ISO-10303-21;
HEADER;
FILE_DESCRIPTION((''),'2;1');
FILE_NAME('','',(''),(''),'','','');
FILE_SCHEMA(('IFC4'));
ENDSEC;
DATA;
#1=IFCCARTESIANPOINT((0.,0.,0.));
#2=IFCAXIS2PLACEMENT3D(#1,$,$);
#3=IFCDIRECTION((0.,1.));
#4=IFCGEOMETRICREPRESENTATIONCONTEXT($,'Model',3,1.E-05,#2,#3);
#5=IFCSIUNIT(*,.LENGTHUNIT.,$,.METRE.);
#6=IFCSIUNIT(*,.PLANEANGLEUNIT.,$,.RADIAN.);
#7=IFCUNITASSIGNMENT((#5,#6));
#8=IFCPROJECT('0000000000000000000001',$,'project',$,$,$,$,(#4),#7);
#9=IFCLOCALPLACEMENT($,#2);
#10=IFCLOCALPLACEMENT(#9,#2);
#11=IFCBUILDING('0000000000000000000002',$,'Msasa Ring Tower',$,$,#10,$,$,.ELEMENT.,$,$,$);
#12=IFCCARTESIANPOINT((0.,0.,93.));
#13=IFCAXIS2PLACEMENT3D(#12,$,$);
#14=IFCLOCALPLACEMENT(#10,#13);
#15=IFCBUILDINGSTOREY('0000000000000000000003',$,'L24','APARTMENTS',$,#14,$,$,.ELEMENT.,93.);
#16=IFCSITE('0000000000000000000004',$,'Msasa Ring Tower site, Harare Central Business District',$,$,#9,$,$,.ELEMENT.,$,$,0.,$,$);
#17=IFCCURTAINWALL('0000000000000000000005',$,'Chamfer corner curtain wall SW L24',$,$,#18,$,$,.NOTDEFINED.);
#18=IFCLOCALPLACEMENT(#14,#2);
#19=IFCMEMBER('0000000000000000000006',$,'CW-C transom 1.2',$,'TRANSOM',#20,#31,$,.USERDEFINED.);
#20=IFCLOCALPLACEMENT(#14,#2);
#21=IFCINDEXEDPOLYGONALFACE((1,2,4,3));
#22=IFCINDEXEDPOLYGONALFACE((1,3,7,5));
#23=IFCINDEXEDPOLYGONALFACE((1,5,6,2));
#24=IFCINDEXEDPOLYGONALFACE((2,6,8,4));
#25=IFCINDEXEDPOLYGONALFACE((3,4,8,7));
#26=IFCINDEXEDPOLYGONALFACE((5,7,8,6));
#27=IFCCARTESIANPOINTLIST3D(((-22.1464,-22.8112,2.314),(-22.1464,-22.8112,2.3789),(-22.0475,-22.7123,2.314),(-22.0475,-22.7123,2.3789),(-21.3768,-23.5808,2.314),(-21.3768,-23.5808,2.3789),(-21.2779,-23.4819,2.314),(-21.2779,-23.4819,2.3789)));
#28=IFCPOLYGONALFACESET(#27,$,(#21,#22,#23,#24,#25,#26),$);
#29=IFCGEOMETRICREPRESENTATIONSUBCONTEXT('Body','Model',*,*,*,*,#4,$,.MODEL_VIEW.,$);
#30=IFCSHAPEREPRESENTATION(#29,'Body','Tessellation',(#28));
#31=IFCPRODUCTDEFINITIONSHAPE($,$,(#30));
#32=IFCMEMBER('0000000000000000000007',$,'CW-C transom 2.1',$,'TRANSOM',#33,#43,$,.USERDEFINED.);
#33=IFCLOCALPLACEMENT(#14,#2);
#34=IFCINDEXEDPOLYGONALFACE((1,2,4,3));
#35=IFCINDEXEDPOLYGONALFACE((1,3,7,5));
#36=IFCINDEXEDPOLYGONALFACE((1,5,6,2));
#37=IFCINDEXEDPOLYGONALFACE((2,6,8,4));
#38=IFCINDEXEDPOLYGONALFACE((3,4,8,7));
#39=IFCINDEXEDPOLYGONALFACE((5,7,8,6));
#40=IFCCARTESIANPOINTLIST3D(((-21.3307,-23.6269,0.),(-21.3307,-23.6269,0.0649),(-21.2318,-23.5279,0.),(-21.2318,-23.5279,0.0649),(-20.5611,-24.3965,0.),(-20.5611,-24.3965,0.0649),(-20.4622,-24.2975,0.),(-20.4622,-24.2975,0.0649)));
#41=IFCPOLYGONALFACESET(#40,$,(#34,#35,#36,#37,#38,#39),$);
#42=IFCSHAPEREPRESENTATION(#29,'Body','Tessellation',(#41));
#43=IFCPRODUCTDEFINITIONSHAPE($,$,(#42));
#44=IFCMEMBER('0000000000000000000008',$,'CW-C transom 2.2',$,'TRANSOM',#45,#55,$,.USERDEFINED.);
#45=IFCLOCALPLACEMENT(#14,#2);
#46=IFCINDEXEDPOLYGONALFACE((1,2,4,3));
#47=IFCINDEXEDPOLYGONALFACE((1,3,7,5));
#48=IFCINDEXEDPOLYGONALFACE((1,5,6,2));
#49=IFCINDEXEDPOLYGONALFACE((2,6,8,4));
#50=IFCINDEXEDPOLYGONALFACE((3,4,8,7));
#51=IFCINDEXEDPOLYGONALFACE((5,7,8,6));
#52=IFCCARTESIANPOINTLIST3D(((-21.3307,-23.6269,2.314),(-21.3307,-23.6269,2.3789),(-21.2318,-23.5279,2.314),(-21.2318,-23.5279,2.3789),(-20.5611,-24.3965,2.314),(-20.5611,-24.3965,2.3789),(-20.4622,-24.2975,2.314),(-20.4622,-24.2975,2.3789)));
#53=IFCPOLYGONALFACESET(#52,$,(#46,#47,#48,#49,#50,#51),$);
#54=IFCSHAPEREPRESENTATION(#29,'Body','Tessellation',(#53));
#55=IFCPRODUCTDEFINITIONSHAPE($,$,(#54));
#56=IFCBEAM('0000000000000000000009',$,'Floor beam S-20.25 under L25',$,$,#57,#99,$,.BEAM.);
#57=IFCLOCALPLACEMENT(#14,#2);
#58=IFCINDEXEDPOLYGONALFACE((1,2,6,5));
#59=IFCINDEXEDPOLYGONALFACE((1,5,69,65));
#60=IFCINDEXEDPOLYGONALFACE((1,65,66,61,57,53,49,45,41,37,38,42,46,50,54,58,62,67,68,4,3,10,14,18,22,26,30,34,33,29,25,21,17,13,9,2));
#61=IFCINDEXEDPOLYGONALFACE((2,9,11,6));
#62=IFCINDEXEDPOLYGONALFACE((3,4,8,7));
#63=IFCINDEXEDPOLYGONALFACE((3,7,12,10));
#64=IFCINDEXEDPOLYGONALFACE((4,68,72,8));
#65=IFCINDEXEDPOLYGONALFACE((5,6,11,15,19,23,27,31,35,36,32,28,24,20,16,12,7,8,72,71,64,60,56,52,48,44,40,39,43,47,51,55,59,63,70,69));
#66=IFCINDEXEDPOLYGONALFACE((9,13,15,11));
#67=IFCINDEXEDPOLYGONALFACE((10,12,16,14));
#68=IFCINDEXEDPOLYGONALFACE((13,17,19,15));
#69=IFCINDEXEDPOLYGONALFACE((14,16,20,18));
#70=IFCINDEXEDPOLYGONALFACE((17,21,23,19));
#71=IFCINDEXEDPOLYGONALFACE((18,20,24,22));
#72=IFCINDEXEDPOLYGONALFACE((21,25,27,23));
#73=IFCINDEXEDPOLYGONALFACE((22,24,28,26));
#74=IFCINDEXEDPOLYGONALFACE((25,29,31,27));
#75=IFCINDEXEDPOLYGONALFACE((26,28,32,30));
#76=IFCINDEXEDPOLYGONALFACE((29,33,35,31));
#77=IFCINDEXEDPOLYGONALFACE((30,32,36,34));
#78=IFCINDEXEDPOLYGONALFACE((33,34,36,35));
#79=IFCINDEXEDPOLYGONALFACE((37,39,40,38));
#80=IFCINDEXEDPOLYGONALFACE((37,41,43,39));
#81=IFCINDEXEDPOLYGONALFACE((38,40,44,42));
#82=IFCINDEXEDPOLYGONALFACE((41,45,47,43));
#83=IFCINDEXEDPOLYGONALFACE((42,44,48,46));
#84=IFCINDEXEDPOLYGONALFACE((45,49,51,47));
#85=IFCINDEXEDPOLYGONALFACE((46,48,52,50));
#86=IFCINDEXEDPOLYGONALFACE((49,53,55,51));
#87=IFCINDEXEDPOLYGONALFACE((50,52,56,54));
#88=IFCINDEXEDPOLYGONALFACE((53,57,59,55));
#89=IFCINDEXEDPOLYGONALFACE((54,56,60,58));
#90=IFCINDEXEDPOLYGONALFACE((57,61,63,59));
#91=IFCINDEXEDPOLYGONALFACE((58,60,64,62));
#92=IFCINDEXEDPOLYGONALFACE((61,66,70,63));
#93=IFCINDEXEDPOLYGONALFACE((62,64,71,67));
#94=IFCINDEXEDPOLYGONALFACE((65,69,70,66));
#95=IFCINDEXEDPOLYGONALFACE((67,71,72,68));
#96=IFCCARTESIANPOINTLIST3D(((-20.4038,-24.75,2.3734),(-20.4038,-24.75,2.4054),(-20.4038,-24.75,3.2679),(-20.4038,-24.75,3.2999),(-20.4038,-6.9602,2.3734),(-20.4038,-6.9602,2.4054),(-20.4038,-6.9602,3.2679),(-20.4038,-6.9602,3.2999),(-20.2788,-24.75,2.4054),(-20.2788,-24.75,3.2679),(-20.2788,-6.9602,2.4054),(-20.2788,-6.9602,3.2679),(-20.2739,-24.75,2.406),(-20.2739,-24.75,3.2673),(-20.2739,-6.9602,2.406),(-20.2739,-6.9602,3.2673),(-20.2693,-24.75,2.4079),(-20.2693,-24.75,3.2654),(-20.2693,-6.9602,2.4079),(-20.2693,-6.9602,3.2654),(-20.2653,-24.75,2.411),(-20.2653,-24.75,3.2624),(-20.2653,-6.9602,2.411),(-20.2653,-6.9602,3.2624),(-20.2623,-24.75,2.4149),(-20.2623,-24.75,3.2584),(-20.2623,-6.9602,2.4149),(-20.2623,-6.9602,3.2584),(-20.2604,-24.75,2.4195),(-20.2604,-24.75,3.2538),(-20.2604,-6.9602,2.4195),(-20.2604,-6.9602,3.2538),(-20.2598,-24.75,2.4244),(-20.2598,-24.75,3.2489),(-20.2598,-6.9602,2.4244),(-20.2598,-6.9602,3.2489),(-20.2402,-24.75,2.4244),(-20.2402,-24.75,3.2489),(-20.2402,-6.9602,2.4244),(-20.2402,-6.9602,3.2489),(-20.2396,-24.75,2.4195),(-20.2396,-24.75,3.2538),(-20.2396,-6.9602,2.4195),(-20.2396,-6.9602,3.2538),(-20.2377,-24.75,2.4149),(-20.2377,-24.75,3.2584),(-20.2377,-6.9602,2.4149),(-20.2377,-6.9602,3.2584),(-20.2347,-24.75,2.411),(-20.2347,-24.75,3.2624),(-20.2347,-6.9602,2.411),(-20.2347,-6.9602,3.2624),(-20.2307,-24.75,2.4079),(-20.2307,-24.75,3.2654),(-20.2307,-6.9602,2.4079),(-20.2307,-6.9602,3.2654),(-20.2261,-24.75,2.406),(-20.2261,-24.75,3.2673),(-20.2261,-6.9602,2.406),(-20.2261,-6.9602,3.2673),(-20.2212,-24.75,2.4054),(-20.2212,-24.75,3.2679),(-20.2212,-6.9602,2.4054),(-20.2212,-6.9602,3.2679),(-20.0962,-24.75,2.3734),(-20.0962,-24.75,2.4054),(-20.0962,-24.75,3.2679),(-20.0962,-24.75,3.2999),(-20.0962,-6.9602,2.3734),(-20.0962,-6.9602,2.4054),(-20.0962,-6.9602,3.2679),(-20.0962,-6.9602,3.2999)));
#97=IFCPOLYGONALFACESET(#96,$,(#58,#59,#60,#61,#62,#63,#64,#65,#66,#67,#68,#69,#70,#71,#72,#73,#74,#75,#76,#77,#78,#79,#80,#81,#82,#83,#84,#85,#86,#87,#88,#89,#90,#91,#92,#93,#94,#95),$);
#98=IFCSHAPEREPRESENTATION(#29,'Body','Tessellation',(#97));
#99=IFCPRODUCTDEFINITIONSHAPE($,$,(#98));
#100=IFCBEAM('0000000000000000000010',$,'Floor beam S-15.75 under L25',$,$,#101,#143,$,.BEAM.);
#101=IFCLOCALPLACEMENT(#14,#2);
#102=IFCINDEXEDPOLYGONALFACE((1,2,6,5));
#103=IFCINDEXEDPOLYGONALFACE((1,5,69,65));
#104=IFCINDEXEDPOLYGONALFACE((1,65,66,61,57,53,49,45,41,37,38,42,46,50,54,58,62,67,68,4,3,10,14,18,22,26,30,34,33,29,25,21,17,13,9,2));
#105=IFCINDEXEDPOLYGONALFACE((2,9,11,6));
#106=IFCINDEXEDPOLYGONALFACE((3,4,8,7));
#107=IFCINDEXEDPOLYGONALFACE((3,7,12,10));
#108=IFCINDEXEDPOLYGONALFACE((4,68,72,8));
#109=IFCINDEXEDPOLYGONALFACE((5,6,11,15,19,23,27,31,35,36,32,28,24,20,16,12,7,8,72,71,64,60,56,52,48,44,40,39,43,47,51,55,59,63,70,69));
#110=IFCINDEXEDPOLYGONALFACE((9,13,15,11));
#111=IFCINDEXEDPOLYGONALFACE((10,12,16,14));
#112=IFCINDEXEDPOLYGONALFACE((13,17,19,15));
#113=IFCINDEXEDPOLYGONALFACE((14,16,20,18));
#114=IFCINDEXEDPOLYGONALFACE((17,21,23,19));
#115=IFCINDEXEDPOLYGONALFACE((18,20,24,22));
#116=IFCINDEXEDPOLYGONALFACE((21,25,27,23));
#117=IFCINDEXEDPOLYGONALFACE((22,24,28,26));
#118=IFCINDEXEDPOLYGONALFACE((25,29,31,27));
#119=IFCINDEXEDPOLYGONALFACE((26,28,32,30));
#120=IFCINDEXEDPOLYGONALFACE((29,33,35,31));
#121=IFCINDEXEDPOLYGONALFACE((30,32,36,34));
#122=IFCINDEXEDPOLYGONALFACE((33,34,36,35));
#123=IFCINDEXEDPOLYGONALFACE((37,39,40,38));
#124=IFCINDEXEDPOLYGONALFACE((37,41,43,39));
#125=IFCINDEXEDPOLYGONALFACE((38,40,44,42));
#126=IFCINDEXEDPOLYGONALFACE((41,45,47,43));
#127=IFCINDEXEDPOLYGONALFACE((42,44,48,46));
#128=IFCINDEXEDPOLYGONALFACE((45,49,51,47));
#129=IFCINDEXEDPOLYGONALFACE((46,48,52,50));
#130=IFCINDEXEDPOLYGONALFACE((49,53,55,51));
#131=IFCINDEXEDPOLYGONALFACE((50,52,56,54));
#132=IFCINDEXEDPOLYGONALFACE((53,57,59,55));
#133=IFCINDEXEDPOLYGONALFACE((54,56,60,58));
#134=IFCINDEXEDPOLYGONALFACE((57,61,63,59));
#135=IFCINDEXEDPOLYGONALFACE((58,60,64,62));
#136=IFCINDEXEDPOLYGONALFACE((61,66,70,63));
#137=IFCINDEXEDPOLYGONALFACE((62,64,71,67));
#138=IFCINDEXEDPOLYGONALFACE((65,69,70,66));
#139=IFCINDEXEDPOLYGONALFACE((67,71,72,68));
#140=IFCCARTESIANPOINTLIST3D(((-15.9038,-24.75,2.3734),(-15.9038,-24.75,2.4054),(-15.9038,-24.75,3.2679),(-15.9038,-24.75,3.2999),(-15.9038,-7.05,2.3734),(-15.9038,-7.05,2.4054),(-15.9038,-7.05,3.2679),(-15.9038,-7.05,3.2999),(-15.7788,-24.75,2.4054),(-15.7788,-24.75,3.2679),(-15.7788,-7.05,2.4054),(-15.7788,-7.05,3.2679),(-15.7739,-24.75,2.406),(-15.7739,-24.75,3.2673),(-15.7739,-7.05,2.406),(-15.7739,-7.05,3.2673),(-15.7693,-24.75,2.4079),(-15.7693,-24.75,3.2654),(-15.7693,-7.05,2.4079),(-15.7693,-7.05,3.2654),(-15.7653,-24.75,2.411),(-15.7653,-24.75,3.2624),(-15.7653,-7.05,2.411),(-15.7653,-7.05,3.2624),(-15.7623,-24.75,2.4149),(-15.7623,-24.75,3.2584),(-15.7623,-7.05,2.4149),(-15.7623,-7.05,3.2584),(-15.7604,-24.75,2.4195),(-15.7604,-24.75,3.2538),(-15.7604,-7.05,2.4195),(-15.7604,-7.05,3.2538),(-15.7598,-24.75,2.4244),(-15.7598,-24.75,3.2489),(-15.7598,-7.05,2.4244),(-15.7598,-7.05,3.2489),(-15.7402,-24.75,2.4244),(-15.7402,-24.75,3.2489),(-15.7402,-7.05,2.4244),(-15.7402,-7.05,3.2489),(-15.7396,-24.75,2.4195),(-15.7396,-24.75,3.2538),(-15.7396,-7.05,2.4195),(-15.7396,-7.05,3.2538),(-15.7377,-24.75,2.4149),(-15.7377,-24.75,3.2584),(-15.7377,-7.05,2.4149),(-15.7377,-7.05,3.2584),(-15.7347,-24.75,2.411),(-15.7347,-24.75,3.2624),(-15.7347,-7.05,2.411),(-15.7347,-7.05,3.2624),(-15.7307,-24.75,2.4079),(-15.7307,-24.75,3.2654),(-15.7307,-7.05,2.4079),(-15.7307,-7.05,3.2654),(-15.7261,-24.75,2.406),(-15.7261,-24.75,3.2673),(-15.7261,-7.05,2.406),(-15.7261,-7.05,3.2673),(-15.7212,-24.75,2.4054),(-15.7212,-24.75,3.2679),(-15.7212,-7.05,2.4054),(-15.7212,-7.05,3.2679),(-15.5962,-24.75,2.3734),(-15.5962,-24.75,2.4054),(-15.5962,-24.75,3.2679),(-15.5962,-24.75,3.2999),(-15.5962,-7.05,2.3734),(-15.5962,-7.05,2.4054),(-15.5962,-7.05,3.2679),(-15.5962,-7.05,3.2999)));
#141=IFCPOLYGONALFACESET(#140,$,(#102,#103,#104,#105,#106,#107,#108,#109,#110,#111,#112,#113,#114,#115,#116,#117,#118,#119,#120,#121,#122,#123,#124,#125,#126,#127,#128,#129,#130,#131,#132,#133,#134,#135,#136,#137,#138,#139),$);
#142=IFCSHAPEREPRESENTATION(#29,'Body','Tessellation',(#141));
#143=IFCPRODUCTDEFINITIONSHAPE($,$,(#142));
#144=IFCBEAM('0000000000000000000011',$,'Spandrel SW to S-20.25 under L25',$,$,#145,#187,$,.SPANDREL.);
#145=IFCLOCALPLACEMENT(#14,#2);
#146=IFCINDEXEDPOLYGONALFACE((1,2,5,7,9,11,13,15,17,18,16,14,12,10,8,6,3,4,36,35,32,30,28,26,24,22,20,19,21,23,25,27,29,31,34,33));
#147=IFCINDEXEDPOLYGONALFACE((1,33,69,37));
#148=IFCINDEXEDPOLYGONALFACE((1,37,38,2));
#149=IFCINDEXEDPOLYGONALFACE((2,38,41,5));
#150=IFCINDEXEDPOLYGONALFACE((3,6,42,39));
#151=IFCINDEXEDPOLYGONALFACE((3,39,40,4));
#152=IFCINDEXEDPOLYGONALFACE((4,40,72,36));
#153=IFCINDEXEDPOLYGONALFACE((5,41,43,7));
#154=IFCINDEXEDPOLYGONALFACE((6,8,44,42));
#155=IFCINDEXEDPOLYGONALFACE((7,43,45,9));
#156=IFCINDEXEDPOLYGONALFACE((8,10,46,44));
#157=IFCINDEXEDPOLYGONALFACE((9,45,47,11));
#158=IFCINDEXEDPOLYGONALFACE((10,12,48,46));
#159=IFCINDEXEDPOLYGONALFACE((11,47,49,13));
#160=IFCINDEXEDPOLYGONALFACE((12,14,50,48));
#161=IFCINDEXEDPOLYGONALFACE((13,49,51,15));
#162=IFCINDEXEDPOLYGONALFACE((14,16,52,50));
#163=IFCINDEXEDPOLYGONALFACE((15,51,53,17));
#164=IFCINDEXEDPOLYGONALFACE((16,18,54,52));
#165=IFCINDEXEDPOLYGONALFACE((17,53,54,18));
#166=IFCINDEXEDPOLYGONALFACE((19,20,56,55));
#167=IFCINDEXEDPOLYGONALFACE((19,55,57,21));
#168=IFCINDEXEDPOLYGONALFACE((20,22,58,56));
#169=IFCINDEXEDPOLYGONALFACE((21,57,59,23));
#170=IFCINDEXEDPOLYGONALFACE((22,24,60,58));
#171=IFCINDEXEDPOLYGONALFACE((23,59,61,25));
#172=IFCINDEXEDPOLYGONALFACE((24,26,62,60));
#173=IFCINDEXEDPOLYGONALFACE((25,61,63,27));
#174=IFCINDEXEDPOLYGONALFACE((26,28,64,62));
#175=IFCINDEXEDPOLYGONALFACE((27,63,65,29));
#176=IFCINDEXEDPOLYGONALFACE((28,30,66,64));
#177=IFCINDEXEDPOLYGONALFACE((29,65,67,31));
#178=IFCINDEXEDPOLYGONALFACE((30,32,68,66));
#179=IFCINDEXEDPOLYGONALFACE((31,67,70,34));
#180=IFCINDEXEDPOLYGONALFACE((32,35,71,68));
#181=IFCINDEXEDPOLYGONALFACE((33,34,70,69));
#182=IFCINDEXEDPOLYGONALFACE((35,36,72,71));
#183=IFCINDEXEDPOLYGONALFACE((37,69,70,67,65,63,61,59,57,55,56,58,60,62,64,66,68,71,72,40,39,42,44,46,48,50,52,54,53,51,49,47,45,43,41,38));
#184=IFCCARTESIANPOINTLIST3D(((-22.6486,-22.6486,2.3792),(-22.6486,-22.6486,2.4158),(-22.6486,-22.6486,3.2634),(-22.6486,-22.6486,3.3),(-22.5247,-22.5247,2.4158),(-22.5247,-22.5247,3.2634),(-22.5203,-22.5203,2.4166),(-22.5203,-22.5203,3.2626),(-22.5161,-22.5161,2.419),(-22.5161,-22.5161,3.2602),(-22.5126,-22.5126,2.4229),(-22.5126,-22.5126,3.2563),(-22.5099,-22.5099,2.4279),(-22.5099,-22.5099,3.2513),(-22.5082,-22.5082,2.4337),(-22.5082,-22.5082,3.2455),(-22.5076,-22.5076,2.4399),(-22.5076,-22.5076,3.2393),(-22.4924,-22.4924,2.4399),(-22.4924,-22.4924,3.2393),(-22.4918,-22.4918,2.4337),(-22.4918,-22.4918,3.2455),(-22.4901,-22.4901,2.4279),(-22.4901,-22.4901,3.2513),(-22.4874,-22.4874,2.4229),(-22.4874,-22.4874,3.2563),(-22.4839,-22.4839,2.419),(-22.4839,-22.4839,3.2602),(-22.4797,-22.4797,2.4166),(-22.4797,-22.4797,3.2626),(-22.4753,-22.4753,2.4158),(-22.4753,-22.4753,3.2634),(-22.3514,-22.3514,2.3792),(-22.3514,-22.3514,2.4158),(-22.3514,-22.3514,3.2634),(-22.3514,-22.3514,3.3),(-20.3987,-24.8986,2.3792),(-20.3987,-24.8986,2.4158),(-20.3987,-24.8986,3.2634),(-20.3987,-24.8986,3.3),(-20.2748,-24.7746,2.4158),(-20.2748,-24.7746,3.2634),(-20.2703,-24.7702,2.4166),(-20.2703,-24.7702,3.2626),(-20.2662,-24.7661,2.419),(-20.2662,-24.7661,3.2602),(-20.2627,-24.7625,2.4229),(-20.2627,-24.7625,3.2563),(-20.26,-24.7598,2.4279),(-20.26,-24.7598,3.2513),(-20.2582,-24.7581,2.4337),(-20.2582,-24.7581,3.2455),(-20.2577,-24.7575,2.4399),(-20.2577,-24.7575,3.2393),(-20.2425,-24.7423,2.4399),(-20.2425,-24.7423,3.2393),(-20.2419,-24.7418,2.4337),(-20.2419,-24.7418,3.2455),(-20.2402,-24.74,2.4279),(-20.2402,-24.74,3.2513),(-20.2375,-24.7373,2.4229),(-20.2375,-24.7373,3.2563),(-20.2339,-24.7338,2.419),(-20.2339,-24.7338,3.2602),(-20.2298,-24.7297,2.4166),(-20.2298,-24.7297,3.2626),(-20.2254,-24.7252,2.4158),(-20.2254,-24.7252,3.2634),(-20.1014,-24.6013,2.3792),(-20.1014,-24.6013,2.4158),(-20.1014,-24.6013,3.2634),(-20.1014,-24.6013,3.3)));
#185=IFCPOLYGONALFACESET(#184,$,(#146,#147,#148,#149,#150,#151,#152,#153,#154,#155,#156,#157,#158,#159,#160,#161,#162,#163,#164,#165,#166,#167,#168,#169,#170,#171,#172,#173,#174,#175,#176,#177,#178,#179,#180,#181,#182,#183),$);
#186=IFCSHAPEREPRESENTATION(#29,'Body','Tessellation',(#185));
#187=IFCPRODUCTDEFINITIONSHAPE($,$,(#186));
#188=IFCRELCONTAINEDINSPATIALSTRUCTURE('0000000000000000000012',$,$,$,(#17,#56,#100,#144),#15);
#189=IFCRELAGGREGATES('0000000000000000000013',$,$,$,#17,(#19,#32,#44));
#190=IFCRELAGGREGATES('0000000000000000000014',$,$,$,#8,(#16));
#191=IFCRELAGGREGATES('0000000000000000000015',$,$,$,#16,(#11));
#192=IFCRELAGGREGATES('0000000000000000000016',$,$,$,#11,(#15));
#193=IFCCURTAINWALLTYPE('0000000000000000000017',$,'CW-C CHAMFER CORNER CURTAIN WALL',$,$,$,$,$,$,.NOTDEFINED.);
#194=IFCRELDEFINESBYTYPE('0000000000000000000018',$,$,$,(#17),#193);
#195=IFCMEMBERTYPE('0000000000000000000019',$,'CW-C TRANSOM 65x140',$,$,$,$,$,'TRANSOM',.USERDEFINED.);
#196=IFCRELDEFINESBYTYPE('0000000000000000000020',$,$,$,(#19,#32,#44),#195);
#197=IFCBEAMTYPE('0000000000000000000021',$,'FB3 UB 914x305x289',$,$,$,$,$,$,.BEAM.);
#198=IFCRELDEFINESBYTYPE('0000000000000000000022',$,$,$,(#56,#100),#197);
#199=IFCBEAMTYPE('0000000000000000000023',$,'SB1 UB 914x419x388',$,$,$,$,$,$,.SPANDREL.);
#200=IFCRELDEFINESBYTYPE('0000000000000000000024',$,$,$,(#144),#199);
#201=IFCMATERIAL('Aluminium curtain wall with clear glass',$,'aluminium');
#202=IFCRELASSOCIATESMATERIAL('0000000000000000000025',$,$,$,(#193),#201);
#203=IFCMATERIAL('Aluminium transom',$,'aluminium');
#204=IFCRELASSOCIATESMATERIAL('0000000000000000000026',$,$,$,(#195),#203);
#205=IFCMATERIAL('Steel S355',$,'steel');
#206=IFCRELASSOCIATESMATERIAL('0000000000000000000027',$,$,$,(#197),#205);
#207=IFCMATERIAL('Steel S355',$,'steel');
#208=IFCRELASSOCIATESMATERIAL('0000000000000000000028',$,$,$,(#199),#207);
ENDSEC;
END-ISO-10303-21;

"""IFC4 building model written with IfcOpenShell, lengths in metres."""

from ifc_helpers import new_model, si_unit, direction, frame, origin, origin_2d, place, context, subcontext, project, spatial, rectangle, i_section, extrude, material, material_profile, profile_set, type_object, element, aggregate, save


model = new_model("IFC4")

# Units and contexts
model_context = context("Model", 3, precision=1e-05, world=origin(), true_north=direction((0.0, 1.0)))
body_context = subcontext(model_context, "Body", "Model", "MODEL_VIEW")
ifc_project = project(units=[si_unit("LENGTHUNIT", "METRE"), si_unit("PLANEANGLEUNIT", "RADIAN")], contexts=[model_context])

# Site, building, storey
site_placement = place(None, origin())
site = spatial("IfcSite", under=ifc_project, at=site_placement, Name="Msasa Ring Tower site, Harare Central Business District", CompositionType="ELEMENT", RefElevation=0.0)
building_placement = place(site_placement, origin())
building = spatial("IfcBuilding", under=site, at=building_placement, Name="Msasa Ring Tower", CompositionType="ELEMENT")
storey_placement = place(building_placement, frame((0.0, 0.0, 93.0)))
storey = spatial("IfcBuildingStorey", under=building, at=storey_placement, Name="L24", Description="APARTMENTS", CompositionType="ELEMENT", Elevation=93.0)

# Curtain wall
ifc_material_1 = material(Name="Aluminium curtain wall with clear glass", Category="aluminium")
curtain_wall_type = type_object("IfcCurtainWallType", Name="CW-C CHAMFER CORNER CURTAIN WALL", PredefinedType="NOTDEFINED", material=ifc_material_1)
curtain_wall_1_placement = place(storey_placement, origin())
curtain_wall_1 = element("IfcCurtainWall", 1, at=curtain_wall_1_placement, inside=storey, type_object=curtain_wall_type, Name="Chamfer corner curtain wall SW L24", PredefinedType="NOTDEFINED")

# Members
ifc_material_2 = material(Name="Aluminium transom", Category="aluminium")
ifc_material_profile_1 = material_profile(ifc_material_2, rectangle(XDim=0.1399, YDim=0.0649, at=origin_2d()), Name="AL 65x140")
ifc_profile_set_1 = profile_set([ifc_material_profile_1], Name="Aluminium transom")
member_type_1 = type_object("IfcMemberType", Name="CW-C TRANSOM 65x140", ElementType="TRANSOM", PredefinedType="USERDEFINED", material=ifc_profile_set_1)
member_1_placement = place(storey_placement, frame((-22.0969, -22.7617, 2.3464), z_axis=(0.707107, -0.707107, 0.0), x_axis=(0.707107, 0.707107, 0.0)))
member_1 = element("IfcMember", 2, at=member_1_placement, type_object=member_type_1, Name="CW-C transom 1.2", ObjectType="TRANSOM", PredefinedType="USERDEFINED", context=body_context, shape_type="SweptSolid", body=[
    extrude(rectangle(XDim=0.1399, YDim=0.0649, at=origin_2d()), origin(), (0.0, 0.0, 1.0), 1.0884),
])
member_2_placement = place(storey_placement, frame((-21.2812, -23.5774, 0.0325), z_axis=(0.707107, -0.707107, 0.0), x_axis=(0.707107, 0.707107, 0.0)))
member_2 = element("IfcMember", 3, at=member_2_placement, type_object=member_type_1, Name="CW-C transom 2.1", ObjectType="TRANSOM", PredefinedType="USERDEFINED", context=body_context, shape_type="SweptSolid", body=[
    extrude(rectangle(XDim=0.1399, YDim=0.0649, at=origin_2d()), origin(), (0.0, 0.0, 1.0), 1.0884),
])
member_3_placement = place(storey_placement, frame((-21.2812, -23.5774, 2.3464), z_axis=(0.707107, -0.707107, 0.0), x_axis=(0.707107, 0.707107, 0.0)))
member_3 = element("IfcMember", 4, at=member_3_placement, type_object=member_type_1, Name="CW-C transom 2.2", ObjectType="TRANSOM", PredefinedType="USERDEFINED", context=body_context, shape_type="SweptSolid", body=[
    extrude(rectangle(XDim=0.1399, YDim=0.0649, at=origin_2d()), origin(), (0.0, 0.0, 1.0), 1.0884),
])

# Beams
ifc_material_3 = material(Name="Steel S355", Category="steel")
ifc_material_profile_2 = material_profile(ifc_material_3, i_section(OverallWidth=0.3076, OverallDepth=0.9265, WebThickness=0.0195, FlangeThickness=0.032, FilletRadius=0.019, at=origin_2d()), Name="UB 914x305x289")
ifc_profile_set_2 = profile_set([ifc_material_profile_2], Name="Steel S355")
beam_type_1 = type_object("IfcBeamType", Name="FB3 UB 914x305x289", PredefinedType="BEAM", material=ifc_profile_set_2)
beam_1_placement = place(storey_placement, frame((-20.25, -24.75, 2.8367), z_axis=(0.0, 1.0, 0.0), x_axis=(-1.0, 0.0, 0.0)))
element("IfcBeam", 5, at=beam_1_placement, inside=storey, type_object=beam_type_1, Name="Floor beam S-20.25 under L25", PredefinedType="BEAM", context=body_context, shape_type="SweptSolid", body=[
    extrude(i_section(OverallWidth=0.3076, OverallDepth=0.9265, WebThickness=0.0195, FlangeThickness=0.032, FilletRadius=0.019, at=origin_2d()), origin(), (0.0, 0.0, 1.0), 17.7898),
])
beam_2_placement = place(storey_placement, frame((-15.75, -24.75, 2.8367), z_axis=(0.0, 1.0, 0.0), x_axis=(-1.0, 0.0, 0.0)))
element("IfcBeam", 6, at=beam_2_placement, inside=storey, type_object=beam_type_1, Name="Floor beam S-15.75 under L25", PredefinedType="BEAM", context=body_context, shape_type="SweptSolid", body=[
    extrude(i_section(OverallWidth=0.3076, OverallDepth=0.9265, WebThickness=0.0195, FlangeThickness=0.032, FilletRadius=0.019, at=origin_2d()), origin(), (0.0, 0.0, 1.0), 17.7),
])
ifc_material_4 = material(Name="Steel S355", Category="steel")
ifc_material_profile_3 = material_profile(ifc_material_4, i_section(OverallWidth=0.4204, OverallDepth=0.9209, WebThickness=0.0215, FlangeThickness=0.0366, FilletRadius=0.0242, at=origin_2d()), Name="UB 914x419x388")
ifc_profile_set_3 = profile_set([ifc_material_profile_3], Name="Steel S355")
beam_type_2 = type_object("IfcBeamType", Name="SB1 UB 914x419x388", PredefinedType="SPANDREL", material=ifc_profile_set_3)
beam_3_placement = place(storey_placement, frame((-22.5, -22.5, 2.8396), z_axis=(0.707107, -0.707107, 0.0), x_axis=(0.707107, 0.707107, 0.0)))
element("IfcBeam", 7, at=beam_3_placement, inside=storey, type_object=beam_type_2, Name="Spandrel SW to S-20.25 under L25", PredefinedType="SPANDREL", context=body_context, shape_type="SweptSolid", body=[
    extrude(i_section(OverallWidth=0.4204, OverallDepth=0.9209, WebThickness=0.0215, FlangeThickness=0.0366, FilletRadius=0.0242, at=origin_2d()), origin(), (0.0, 0.0, 1.0), 3.1819),
])

aggregate(curtain_wall_1, [member_1, member_2, member_3])

save(model, "model.ifc")
